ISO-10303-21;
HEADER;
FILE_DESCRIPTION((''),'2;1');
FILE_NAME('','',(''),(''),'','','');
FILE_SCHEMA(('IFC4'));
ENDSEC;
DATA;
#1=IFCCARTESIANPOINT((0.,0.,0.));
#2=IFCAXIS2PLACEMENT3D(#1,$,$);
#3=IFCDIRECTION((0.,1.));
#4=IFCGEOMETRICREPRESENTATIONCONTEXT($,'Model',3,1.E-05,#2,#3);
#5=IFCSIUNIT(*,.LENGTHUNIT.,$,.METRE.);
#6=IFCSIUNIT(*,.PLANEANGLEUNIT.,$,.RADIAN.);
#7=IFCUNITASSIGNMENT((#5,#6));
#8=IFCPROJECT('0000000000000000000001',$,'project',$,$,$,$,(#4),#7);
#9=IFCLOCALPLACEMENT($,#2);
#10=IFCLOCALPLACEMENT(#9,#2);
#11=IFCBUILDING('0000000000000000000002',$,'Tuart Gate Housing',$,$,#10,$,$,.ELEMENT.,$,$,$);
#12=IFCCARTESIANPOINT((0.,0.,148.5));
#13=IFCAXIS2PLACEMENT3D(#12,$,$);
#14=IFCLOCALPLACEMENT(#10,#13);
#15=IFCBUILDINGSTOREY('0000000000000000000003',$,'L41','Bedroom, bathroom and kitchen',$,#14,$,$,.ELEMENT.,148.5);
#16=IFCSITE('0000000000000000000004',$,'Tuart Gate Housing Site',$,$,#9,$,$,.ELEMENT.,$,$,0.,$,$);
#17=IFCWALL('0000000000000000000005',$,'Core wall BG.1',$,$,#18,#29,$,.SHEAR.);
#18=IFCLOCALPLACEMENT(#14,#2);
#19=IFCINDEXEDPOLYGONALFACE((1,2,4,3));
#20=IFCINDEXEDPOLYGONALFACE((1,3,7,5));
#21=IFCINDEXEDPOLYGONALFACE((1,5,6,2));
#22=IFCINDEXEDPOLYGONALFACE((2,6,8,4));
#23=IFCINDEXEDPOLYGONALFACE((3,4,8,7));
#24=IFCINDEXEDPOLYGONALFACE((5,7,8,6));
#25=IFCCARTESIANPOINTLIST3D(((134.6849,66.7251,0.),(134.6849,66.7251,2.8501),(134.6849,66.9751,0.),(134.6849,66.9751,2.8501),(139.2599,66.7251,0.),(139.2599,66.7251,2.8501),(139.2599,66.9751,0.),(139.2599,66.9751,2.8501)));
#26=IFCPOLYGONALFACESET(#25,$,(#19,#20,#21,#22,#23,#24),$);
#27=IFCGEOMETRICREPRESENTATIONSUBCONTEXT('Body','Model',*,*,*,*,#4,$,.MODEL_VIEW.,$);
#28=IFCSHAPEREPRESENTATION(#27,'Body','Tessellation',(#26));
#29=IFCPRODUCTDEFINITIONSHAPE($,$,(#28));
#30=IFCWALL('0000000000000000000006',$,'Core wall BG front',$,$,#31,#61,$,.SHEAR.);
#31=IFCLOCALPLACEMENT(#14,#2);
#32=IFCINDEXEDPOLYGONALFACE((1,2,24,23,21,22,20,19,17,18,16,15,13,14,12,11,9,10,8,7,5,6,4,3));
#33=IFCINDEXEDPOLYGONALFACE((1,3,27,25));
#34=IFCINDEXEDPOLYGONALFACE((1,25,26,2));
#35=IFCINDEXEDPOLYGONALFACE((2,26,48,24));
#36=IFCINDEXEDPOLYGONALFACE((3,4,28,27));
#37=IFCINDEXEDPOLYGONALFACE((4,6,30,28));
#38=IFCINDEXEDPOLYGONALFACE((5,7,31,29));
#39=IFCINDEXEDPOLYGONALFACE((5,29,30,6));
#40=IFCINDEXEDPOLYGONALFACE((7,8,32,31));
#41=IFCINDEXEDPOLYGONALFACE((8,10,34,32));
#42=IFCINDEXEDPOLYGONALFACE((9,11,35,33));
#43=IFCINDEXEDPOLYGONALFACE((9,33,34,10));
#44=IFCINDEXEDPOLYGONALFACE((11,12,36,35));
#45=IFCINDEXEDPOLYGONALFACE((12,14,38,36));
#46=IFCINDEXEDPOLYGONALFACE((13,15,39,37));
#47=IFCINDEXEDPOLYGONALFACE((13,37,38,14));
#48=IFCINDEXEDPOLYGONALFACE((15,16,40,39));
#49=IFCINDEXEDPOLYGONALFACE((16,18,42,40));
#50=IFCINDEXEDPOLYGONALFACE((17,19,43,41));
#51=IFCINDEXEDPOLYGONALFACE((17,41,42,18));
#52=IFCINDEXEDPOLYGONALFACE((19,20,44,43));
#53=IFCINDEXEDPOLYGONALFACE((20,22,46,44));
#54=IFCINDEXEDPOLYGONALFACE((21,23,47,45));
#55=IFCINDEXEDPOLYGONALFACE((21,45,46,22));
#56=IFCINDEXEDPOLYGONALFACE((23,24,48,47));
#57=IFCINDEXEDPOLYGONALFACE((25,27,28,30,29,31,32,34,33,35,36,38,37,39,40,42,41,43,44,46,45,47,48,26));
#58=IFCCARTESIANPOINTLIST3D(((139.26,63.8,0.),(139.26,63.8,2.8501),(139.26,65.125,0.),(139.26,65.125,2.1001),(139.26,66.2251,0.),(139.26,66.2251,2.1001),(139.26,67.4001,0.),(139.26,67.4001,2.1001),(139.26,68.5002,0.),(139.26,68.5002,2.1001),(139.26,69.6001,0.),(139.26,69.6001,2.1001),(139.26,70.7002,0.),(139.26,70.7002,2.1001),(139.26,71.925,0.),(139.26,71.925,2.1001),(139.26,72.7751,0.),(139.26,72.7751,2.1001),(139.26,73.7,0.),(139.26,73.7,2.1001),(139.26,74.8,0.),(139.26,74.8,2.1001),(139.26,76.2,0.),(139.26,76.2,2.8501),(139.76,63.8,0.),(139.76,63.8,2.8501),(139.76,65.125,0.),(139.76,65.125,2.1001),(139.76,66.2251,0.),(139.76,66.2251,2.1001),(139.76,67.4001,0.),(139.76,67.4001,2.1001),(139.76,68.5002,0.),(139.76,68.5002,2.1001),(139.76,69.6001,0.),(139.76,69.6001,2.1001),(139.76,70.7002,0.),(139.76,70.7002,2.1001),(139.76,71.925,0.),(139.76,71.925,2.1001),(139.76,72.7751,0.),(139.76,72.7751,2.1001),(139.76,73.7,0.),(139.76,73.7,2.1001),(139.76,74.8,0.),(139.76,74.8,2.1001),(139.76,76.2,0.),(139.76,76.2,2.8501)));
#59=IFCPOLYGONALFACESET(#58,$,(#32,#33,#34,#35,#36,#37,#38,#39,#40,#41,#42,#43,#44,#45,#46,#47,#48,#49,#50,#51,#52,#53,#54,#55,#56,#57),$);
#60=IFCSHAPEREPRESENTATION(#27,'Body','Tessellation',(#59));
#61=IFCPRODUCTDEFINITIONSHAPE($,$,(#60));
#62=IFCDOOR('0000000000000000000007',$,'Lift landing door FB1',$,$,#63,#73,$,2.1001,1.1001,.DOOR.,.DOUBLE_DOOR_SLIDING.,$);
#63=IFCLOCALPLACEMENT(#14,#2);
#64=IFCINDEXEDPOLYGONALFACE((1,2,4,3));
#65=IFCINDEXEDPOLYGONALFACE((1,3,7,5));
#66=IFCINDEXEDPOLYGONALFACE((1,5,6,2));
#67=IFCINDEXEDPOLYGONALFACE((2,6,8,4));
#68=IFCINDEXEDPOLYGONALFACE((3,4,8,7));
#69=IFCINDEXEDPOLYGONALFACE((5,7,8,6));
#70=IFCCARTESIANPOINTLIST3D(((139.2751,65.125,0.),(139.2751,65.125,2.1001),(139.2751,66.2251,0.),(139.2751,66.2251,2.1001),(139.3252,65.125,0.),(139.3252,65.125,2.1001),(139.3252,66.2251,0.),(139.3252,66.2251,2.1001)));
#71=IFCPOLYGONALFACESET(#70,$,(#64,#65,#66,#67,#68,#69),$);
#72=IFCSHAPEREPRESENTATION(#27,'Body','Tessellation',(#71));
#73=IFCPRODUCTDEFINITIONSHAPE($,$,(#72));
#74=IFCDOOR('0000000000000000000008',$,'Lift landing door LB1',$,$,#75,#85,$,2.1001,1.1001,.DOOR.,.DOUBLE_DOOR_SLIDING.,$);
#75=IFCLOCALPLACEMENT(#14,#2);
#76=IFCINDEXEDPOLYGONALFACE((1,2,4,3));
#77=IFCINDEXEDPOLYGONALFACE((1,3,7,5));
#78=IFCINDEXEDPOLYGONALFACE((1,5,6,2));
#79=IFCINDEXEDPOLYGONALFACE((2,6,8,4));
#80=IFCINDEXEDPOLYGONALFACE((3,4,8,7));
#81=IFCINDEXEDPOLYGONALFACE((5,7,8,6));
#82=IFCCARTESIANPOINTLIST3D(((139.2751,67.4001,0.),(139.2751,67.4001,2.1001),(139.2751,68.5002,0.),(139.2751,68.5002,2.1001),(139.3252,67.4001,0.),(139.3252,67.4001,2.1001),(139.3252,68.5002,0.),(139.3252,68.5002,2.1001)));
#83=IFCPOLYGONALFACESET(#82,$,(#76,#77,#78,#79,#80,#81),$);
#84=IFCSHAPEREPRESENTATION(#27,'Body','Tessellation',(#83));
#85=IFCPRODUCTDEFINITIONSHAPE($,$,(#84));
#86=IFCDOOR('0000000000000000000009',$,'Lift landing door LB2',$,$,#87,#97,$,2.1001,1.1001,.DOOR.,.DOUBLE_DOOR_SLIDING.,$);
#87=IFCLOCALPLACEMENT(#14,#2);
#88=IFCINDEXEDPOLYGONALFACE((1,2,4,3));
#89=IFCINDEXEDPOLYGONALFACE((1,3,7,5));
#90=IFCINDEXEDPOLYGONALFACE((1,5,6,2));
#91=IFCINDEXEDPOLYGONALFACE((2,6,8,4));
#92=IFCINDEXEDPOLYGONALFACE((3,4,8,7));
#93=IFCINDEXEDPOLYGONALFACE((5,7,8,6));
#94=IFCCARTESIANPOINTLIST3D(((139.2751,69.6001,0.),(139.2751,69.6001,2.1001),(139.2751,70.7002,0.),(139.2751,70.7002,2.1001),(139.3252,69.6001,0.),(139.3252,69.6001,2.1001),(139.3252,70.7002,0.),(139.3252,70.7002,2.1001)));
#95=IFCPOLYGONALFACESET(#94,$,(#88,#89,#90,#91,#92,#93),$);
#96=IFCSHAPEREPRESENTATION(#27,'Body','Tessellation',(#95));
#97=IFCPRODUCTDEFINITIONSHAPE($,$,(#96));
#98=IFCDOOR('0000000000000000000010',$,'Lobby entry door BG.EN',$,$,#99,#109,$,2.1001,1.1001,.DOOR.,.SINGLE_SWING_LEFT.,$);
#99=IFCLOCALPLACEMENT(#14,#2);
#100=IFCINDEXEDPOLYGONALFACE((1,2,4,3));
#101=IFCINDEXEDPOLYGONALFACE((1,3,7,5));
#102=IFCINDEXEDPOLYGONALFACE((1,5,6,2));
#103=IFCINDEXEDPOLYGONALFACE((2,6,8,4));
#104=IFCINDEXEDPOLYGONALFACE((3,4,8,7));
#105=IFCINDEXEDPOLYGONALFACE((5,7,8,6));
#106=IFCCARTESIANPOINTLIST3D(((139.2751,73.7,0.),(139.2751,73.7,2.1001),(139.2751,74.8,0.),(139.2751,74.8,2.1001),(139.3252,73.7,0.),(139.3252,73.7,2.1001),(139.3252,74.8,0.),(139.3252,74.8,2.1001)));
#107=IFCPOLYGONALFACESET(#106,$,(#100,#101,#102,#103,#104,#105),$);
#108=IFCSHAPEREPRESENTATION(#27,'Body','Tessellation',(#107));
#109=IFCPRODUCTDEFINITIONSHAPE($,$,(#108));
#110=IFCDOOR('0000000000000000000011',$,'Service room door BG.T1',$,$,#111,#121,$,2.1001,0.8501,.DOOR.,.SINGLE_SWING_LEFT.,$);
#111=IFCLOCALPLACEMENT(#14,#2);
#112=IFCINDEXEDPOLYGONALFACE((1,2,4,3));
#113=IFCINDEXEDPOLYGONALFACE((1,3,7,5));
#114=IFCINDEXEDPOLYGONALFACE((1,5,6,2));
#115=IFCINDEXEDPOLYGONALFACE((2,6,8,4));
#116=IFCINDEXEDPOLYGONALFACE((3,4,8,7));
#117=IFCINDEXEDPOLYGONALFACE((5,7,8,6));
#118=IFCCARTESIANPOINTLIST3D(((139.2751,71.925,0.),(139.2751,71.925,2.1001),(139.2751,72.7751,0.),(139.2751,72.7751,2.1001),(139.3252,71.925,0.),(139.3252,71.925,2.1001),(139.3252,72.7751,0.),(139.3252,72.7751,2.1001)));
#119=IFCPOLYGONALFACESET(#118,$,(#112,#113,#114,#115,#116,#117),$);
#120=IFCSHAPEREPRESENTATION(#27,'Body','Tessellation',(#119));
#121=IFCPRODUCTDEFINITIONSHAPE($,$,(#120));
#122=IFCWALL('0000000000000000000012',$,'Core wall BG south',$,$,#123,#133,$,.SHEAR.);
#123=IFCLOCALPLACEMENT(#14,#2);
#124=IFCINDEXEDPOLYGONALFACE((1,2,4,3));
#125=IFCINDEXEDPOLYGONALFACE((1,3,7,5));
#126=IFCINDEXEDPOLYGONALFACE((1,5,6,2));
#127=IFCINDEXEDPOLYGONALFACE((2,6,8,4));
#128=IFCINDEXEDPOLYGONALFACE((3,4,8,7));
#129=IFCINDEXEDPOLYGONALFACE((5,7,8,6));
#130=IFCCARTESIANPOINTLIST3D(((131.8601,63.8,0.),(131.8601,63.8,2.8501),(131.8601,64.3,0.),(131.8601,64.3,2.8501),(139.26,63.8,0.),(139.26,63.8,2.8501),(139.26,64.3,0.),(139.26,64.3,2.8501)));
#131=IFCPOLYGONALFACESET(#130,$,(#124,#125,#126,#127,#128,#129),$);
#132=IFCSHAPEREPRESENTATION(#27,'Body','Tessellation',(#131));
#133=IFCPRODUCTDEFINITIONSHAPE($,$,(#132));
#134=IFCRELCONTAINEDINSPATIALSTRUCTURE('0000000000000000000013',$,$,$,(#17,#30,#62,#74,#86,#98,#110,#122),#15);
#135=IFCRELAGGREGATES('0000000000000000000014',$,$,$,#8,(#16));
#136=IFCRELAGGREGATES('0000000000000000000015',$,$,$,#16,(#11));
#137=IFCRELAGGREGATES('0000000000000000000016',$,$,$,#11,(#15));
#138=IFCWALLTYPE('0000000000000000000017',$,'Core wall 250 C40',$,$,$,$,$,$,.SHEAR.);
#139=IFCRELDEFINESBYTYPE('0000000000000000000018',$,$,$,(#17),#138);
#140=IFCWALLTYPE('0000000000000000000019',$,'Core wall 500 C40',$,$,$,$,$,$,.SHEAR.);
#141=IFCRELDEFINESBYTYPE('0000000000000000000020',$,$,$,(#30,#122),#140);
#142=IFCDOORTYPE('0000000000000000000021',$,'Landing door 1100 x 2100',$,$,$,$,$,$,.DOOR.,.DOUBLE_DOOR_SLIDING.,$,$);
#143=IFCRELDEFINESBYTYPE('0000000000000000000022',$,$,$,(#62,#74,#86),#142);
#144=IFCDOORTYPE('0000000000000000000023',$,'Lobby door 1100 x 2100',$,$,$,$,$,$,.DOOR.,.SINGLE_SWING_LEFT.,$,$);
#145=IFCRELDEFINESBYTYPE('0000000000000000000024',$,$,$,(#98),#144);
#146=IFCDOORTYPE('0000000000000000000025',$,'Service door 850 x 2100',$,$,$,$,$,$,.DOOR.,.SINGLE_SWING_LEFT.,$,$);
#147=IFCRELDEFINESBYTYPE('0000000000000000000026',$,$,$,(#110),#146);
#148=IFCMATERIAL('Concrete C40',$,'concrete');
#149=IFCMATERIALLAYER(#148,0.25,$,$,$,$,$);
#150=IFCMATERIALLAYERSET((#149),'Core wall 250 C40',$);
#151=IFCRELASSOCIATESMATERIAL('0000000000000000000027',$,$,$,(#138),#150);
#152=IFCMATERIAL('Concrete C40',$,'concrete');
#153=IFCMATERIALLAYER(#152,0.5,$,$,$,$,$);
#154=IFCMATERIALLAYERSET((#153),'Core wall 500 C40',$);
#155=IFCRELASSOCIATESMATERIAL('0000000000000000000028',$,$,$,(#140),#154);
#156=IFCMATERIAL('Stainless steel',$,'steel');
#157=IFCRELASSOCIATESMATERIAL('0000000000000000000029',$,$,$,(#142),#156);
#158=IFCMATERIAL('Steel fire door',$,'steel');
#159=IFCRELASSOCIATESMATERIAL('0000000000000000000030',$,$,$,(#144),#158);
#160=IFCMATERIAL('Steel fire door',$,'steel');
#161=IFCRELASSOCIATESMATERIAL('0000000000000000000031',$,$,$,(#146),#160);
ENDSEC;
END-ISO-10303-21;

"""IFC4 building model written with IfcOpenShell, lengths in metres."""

from ifc_helpers import new_model, si_unit, direction, frame, frame_2d, origin, place, context, subcontext, project, spatial, rectangle, extrude, material, layer, layer_set, type_object, element, fill, save


model = new_model("IFC4")

# Units and contexts
model_context = context("Model", 3, precision=1e-05, world=origin(), true_north=direction((0.0, 1.0)))
body_context = subcontext(model_context, "Body", "Model", "MODEL_VIEW")
ifc_project = project(units=[si_unit("LENGTHUNIT", "METRE"), si_unit("PLANEANGLEUNIT", "RADIAN")], contexts=[model_context])

# Site, building, storey
site_placement = place(None, origin())
site = spatial("IfcSite", under=ifc_project, at=site_placement, Name="Tuart Gate Housing Site", CompositionType="ELEMENT", RefElevation=0.0)
building_placement = place(site_placement, origin())
building = spatial("IfcBuilding", under=site, at=building_placement, Name="Tuart Gate Housing", CompositionType="ELEMENT")
storey_placement = place(building_placement, frame((0.0, 0.0, 148.5)))
storey = spatial("IfcBuildingStorey", under=building, at=storey_placement, Name="L41", Description="Bedroom, bathroom and kitchen", CompositionType="ELEMENT", Elevation=148.5)

# Wall
ifc_material_1 = material(Name="Concrete C40", Category="concrete")
ifc_layer_1 = layer(ifc_material_1, 0.25)
ifc_layer_set_1 = layer_set([ifc_layer_1], Name="Core wall 250 C40")
wall_type_1 = type_object("IfcWallType", Name="Core wall 250 C40", PredefinedType="SHEAR", material=ifc_layer_set_1)
wall_1_placement = place(storey_placement, frame((139.26, 66.8501, 0.0), z_axis=(0.0, 0.0, 1.0), x_axis=(-1.0, 0.0, 0.0)))
element("IfcWall", 1, at=wall_1_placement, inside=storey, type_object=wall_type_1, Name="Core wall BG.1", PredefinedType="SHEAR", context=body_context, shape_type="SweptSolid", body=[
    extrude(rectangle(XDim=4.575, YDim=0.25, at=frame_2d((2.2876, 0.0))), origin(), (0.0, 0.0, 1.0), 2.8501),
])

# Wall, openings, doors
ifc_material_2 = material(Name="Concrete C40", Category="concrete")
ifc_layer_2 = layer(ifc_material_2, 0.5)
ifc_layer_set_2 = layer_set([ifc_layer_2], Name="Core wall 500 C40")
wall_type_2 = type_object("IfcWallType", Name="Core wall 500 C40", PredefinedType="SHEAR", material=ifc_layer_set_2)
wall_2_placement = place(storey_placement, frame((139.51, 63.8, 0.0), z_axis=(0.0, 0.0, 1.0), x_axis=(0.0, 1.0, 0.0)))
wall_2 = element("IfcWall", 2, at=wall_2_placement, inside=storey, type_object=wall_type_2, Name="Core wall BG front", PredefinedType="SHEAR", context=body_context, shape_type="SweptSolid", body=[
    extrude(rectangle(XDim=12.3999, YDim=0.5, at=frame_2d((6.2, 0.0))), origin(), (0.0, 0.0, 1.0), 2.8501),
])
opening_1_placement = place(wall_2_placement, frame((1.325, 0.0, 0.0)))
opening_1 = element("IfcOpeningElement", 3, at=opening_1_placement, cuts=wall_2, PredefinedType="OPENING", context=body_context, shape_type="SweptSolid", body=[
    extrude(rectangle(XDim=1.1001, YDim=2.1001, at=frame_2d((0.55, 1.05))), frame((0.0, 0.26, 0.0), z_axis=(0.0, -1.0, 0.0), x_axis=(1.0, 0.0, 0.0)), (0.0, 0.0, 1.0), 0.52),
])
opening_2_placement = place(wall_2_placement, frame((3.6001, 0.0, 0.0)))
opening_2 = element("IfcOpeningElement", 4, at=opening_2_placement, cuts=wall_2, PredefinedType="OPENING", context=body_context, shape_type="SweptSolid", body=[
    extrude(rectangle(XDim=1.1001, YDim=2.1001, at=frame_2d((0.55, 1.05))), frame((0.0, 0.26, 0.0), z_axis=(0.0, -1.0, 0.0), x_axis=(1.0, 0.0, 0.0)), (0.0, 0.0, 1.0), 0.52),
])
opening_3_placement = place(wall_2_placement, frame((5.8, 0.0, 0.0)))
opening_3 = element("IfcOpeningElement", 5, at=opening_3_placement, cuts=wall_2, PredefinedType="OPENING", context=body_context, shape_type="SweptSolid", body=[
    extrude(rectangle(XDim=1.1001, YDim=2.1001, at=frame_2d((0.55, 1.05))), frame((0.0, 0.26, 0.0), z_axis=(0.0, -1.0, 0.0), x_axis=(1.0, 0.0, 0.0)), (0.0, 0.0, 1.0), 0.52),
])
opening_4_placement = place(wall_2_placement, frame((9.8999, 0.0, 0.0)))
opening_4 = element("IfcOpeningElement", 6, at=opening_4_placement, cuts=wall_2, PredefinedType="OPENING", context=body_context, shape_type="SweptSolid", body=[
    extrude(rectangle(XDim=1.1001, YDim=2.1001, at=frame_2d((0.55, 1.05))), frame((0.0, 0.26, 0.0), z_axis=(0.0, -1.0, 0.0), x_axis=(1.0, 0.0, 0.0)), (0.0, 0.0, 1.0), 0.52),
])
opening_5_placement = place(wall_2_placement, frame((8.125, 0.0, 0.0)))
opening_5 = element("IfcOpeningElement", 7, at=opening_5_placement, cuts=wall_2, PredefinedType="OPENING", context=body_context, shape_type="SweptSolid", body=[
    extrude(rectangle(XDim=0.8501, YDim=2.1001, at=frame_2d((0.425, 1.05))), frame((0.0, 0.26, 0.0), z_axis=(0.0, -1.0, 0.0), x_axis=(1.0, 0.0, 0.0)), (0.0, 0.0, 1.0), 0.52),
])
ifc_material_3 = material(Name="Stainless steel", Category="steel")
door_type_1 = type_object("IfcDoorType", Name="Landing door 1100 x 2100", OperationType="DOUBLE_DOOR_SLIDING", PredefinedType="DOOR", material=ifc_material_3)
door_1_placement = place(opening_1_placement, origin())
door_1 = element("IfcDoor", 8, at=door_1_placement, inside=storey, type_object=door_type_1, Name="Lift landing door FB1", OperationType="DOUBLE_DOOR_SLIDING", OverallHeight=2.1001, OverallWidth=1.1001, PredefinedType="DOOR", context=body_context, shape_type="SweptSolid", body=[
    extrude(rectangle(XDim=1.1001, YDim=2.1001, at=frame_2d((0.55, 1.05))), frame((0.0, 0.2349, 0.0), z_axis=(0.0, -1.0, 0.0), x_axis=(1.0, 0.0, 0.0)), (0.0, 0.0, 1.0), 0.05),
])
fill(opening_1, door_1)
door_2_placement = place(opening_2_placement, origin())
door_2 = element("IfcDoor", 9, at=door_2_placement, inside=storey, type_object=door_type_1, Name="Lift landing door LB1", OperationType="DOUBLE_DOOR_SLIDING", OverallHeight=2.1001, OverallWidth=1.1001, PredefinedType="DOOR", context=body_context, shape_type="SweptSolid", body=[
    extrude(rectangle(XDim=1.1001, YDim=2.1001, at=frame_2d((0.55, 1.05))), frame((0.0, 0.2349, 0.0), z_axis=(0.0, -1.0, 0.0), x_axis=(1.0, 0.0, 0.0)), (0.0, 0.0, 1.0), 0.05),
])
fill(opening_2, door_2)
door_3_placement = place(opening_3_placement, origin())
door_3 = element("IfcDoor", 10, at=door_3_placement, inside=storey, type_object=door_type_1, Name="Lift landing door LB2", OperationType="DOUBLE_DOOR_SLIDING", OverallHeight=2.1001, OverallWidth=1.1001, PredefinedType="DOOR", context=body_context, shape_type="SweptSolid", body=[
    extrude(rectangle(XDim=1.1001, YDim=2.1001, at=frame_2d((0.55, 1.05))), frame((0.0, 0.2349, 0.0), z_axis=(0.0, -1.0, 0.0), x_axis=(1.0, 0.0, 0.0)), (0.0, 0.0, 1.0), 0.05),
])
fill(opening_3, door_3)
ifc_material_4 = material(Name="Steel fire door", Category="steel")
door_type_2 = type_object("IfcDoorType", Name="Lobby door 1100 x 2100", OperationType="SINGLE_SWING_LEFT", PredefinedType="DOOR", material=ifc_material_4)
door_4_placement = place(opening_4_placement, origin())
door_4 = element("IfcDoor", 11, at=door_4_placement, inside=storey, type_object=door_type_2, Name="Lobby entry door BG.EN", OperationType="SINGLE_SWING_LEFT", OverallHeight=2.1001, OverallWidth=1.1001, PredefinedType="DOOR", context=body_context, shape_type="SweptSolid", body=[
    extrude(rectangle(XDim=1.1001, YDim=2.1001, at=frame_2d((0.55, 1.05))), frame((0.0, 0.2349, 0.0), z_axis=(0.0, -1.0, 0.0), x_axis=(1.0, 0.0, 0.0)), (0.0, 0.0, 1.0), 0.05),
])
fill(opening_4, door_4)
ifc_material_5 = material(Name="Steel fire door", Category="steel")
door_type_3 = type_object("IfcDoorType", Name="Service door 850 x 2100", OperationType="SINGLE_SWING_LEFT", PredefinedType="DOOR", material=ifc_material_5)
door_5_placement = place(opening_5_placement, origin())
door_5 = element("IfcDoor", 12, at=door_5_placement, inside=storey, type_object=door_type_3, Name="Service room door BG.T1", OperationType="SINGLE_SWING_LEFT", OverallHeight=2.1001, OverallWidth=0.8501, PredefinedType="DOOR", context=body_context, shape_type="SweptSolid", body=[
    extrude(rectangle(XDim=0.8501, YDim=2.1001, at=frame_2d((0.425, 1.05))), frame((0.0, 0.2349, 0.0), z_axis=(0.0, -1.0, 0.0), x_axis=(1.0, 0.0, 0.0)), (0.0, 0.0, 1.0), 0.05),
])
fill(opening_5, door_5)

# Wall
wall_3_placement = place(storey_placement, frame((139.26, 64.05, 0.0), z_axis=(0.0, 0.0, 1.0), x_axis=(-1.0, 0.0, 0.0)))
element("IfcWall", 13, at=wall_3_placement, inside=storey, type_object=wall_type_2, Name="Core wall BG south", PredefinedType="SHEAR", context=body_context, shape_type="SweptSolid", body=[
    extrude(rectangle(XDim=7.3999, YDim=0.5, at=frame_2d((3.7, 0.0))), origin(), (0.0, 0.0, 1.0), 2.8501),
])

save(model, "model.ifc")
